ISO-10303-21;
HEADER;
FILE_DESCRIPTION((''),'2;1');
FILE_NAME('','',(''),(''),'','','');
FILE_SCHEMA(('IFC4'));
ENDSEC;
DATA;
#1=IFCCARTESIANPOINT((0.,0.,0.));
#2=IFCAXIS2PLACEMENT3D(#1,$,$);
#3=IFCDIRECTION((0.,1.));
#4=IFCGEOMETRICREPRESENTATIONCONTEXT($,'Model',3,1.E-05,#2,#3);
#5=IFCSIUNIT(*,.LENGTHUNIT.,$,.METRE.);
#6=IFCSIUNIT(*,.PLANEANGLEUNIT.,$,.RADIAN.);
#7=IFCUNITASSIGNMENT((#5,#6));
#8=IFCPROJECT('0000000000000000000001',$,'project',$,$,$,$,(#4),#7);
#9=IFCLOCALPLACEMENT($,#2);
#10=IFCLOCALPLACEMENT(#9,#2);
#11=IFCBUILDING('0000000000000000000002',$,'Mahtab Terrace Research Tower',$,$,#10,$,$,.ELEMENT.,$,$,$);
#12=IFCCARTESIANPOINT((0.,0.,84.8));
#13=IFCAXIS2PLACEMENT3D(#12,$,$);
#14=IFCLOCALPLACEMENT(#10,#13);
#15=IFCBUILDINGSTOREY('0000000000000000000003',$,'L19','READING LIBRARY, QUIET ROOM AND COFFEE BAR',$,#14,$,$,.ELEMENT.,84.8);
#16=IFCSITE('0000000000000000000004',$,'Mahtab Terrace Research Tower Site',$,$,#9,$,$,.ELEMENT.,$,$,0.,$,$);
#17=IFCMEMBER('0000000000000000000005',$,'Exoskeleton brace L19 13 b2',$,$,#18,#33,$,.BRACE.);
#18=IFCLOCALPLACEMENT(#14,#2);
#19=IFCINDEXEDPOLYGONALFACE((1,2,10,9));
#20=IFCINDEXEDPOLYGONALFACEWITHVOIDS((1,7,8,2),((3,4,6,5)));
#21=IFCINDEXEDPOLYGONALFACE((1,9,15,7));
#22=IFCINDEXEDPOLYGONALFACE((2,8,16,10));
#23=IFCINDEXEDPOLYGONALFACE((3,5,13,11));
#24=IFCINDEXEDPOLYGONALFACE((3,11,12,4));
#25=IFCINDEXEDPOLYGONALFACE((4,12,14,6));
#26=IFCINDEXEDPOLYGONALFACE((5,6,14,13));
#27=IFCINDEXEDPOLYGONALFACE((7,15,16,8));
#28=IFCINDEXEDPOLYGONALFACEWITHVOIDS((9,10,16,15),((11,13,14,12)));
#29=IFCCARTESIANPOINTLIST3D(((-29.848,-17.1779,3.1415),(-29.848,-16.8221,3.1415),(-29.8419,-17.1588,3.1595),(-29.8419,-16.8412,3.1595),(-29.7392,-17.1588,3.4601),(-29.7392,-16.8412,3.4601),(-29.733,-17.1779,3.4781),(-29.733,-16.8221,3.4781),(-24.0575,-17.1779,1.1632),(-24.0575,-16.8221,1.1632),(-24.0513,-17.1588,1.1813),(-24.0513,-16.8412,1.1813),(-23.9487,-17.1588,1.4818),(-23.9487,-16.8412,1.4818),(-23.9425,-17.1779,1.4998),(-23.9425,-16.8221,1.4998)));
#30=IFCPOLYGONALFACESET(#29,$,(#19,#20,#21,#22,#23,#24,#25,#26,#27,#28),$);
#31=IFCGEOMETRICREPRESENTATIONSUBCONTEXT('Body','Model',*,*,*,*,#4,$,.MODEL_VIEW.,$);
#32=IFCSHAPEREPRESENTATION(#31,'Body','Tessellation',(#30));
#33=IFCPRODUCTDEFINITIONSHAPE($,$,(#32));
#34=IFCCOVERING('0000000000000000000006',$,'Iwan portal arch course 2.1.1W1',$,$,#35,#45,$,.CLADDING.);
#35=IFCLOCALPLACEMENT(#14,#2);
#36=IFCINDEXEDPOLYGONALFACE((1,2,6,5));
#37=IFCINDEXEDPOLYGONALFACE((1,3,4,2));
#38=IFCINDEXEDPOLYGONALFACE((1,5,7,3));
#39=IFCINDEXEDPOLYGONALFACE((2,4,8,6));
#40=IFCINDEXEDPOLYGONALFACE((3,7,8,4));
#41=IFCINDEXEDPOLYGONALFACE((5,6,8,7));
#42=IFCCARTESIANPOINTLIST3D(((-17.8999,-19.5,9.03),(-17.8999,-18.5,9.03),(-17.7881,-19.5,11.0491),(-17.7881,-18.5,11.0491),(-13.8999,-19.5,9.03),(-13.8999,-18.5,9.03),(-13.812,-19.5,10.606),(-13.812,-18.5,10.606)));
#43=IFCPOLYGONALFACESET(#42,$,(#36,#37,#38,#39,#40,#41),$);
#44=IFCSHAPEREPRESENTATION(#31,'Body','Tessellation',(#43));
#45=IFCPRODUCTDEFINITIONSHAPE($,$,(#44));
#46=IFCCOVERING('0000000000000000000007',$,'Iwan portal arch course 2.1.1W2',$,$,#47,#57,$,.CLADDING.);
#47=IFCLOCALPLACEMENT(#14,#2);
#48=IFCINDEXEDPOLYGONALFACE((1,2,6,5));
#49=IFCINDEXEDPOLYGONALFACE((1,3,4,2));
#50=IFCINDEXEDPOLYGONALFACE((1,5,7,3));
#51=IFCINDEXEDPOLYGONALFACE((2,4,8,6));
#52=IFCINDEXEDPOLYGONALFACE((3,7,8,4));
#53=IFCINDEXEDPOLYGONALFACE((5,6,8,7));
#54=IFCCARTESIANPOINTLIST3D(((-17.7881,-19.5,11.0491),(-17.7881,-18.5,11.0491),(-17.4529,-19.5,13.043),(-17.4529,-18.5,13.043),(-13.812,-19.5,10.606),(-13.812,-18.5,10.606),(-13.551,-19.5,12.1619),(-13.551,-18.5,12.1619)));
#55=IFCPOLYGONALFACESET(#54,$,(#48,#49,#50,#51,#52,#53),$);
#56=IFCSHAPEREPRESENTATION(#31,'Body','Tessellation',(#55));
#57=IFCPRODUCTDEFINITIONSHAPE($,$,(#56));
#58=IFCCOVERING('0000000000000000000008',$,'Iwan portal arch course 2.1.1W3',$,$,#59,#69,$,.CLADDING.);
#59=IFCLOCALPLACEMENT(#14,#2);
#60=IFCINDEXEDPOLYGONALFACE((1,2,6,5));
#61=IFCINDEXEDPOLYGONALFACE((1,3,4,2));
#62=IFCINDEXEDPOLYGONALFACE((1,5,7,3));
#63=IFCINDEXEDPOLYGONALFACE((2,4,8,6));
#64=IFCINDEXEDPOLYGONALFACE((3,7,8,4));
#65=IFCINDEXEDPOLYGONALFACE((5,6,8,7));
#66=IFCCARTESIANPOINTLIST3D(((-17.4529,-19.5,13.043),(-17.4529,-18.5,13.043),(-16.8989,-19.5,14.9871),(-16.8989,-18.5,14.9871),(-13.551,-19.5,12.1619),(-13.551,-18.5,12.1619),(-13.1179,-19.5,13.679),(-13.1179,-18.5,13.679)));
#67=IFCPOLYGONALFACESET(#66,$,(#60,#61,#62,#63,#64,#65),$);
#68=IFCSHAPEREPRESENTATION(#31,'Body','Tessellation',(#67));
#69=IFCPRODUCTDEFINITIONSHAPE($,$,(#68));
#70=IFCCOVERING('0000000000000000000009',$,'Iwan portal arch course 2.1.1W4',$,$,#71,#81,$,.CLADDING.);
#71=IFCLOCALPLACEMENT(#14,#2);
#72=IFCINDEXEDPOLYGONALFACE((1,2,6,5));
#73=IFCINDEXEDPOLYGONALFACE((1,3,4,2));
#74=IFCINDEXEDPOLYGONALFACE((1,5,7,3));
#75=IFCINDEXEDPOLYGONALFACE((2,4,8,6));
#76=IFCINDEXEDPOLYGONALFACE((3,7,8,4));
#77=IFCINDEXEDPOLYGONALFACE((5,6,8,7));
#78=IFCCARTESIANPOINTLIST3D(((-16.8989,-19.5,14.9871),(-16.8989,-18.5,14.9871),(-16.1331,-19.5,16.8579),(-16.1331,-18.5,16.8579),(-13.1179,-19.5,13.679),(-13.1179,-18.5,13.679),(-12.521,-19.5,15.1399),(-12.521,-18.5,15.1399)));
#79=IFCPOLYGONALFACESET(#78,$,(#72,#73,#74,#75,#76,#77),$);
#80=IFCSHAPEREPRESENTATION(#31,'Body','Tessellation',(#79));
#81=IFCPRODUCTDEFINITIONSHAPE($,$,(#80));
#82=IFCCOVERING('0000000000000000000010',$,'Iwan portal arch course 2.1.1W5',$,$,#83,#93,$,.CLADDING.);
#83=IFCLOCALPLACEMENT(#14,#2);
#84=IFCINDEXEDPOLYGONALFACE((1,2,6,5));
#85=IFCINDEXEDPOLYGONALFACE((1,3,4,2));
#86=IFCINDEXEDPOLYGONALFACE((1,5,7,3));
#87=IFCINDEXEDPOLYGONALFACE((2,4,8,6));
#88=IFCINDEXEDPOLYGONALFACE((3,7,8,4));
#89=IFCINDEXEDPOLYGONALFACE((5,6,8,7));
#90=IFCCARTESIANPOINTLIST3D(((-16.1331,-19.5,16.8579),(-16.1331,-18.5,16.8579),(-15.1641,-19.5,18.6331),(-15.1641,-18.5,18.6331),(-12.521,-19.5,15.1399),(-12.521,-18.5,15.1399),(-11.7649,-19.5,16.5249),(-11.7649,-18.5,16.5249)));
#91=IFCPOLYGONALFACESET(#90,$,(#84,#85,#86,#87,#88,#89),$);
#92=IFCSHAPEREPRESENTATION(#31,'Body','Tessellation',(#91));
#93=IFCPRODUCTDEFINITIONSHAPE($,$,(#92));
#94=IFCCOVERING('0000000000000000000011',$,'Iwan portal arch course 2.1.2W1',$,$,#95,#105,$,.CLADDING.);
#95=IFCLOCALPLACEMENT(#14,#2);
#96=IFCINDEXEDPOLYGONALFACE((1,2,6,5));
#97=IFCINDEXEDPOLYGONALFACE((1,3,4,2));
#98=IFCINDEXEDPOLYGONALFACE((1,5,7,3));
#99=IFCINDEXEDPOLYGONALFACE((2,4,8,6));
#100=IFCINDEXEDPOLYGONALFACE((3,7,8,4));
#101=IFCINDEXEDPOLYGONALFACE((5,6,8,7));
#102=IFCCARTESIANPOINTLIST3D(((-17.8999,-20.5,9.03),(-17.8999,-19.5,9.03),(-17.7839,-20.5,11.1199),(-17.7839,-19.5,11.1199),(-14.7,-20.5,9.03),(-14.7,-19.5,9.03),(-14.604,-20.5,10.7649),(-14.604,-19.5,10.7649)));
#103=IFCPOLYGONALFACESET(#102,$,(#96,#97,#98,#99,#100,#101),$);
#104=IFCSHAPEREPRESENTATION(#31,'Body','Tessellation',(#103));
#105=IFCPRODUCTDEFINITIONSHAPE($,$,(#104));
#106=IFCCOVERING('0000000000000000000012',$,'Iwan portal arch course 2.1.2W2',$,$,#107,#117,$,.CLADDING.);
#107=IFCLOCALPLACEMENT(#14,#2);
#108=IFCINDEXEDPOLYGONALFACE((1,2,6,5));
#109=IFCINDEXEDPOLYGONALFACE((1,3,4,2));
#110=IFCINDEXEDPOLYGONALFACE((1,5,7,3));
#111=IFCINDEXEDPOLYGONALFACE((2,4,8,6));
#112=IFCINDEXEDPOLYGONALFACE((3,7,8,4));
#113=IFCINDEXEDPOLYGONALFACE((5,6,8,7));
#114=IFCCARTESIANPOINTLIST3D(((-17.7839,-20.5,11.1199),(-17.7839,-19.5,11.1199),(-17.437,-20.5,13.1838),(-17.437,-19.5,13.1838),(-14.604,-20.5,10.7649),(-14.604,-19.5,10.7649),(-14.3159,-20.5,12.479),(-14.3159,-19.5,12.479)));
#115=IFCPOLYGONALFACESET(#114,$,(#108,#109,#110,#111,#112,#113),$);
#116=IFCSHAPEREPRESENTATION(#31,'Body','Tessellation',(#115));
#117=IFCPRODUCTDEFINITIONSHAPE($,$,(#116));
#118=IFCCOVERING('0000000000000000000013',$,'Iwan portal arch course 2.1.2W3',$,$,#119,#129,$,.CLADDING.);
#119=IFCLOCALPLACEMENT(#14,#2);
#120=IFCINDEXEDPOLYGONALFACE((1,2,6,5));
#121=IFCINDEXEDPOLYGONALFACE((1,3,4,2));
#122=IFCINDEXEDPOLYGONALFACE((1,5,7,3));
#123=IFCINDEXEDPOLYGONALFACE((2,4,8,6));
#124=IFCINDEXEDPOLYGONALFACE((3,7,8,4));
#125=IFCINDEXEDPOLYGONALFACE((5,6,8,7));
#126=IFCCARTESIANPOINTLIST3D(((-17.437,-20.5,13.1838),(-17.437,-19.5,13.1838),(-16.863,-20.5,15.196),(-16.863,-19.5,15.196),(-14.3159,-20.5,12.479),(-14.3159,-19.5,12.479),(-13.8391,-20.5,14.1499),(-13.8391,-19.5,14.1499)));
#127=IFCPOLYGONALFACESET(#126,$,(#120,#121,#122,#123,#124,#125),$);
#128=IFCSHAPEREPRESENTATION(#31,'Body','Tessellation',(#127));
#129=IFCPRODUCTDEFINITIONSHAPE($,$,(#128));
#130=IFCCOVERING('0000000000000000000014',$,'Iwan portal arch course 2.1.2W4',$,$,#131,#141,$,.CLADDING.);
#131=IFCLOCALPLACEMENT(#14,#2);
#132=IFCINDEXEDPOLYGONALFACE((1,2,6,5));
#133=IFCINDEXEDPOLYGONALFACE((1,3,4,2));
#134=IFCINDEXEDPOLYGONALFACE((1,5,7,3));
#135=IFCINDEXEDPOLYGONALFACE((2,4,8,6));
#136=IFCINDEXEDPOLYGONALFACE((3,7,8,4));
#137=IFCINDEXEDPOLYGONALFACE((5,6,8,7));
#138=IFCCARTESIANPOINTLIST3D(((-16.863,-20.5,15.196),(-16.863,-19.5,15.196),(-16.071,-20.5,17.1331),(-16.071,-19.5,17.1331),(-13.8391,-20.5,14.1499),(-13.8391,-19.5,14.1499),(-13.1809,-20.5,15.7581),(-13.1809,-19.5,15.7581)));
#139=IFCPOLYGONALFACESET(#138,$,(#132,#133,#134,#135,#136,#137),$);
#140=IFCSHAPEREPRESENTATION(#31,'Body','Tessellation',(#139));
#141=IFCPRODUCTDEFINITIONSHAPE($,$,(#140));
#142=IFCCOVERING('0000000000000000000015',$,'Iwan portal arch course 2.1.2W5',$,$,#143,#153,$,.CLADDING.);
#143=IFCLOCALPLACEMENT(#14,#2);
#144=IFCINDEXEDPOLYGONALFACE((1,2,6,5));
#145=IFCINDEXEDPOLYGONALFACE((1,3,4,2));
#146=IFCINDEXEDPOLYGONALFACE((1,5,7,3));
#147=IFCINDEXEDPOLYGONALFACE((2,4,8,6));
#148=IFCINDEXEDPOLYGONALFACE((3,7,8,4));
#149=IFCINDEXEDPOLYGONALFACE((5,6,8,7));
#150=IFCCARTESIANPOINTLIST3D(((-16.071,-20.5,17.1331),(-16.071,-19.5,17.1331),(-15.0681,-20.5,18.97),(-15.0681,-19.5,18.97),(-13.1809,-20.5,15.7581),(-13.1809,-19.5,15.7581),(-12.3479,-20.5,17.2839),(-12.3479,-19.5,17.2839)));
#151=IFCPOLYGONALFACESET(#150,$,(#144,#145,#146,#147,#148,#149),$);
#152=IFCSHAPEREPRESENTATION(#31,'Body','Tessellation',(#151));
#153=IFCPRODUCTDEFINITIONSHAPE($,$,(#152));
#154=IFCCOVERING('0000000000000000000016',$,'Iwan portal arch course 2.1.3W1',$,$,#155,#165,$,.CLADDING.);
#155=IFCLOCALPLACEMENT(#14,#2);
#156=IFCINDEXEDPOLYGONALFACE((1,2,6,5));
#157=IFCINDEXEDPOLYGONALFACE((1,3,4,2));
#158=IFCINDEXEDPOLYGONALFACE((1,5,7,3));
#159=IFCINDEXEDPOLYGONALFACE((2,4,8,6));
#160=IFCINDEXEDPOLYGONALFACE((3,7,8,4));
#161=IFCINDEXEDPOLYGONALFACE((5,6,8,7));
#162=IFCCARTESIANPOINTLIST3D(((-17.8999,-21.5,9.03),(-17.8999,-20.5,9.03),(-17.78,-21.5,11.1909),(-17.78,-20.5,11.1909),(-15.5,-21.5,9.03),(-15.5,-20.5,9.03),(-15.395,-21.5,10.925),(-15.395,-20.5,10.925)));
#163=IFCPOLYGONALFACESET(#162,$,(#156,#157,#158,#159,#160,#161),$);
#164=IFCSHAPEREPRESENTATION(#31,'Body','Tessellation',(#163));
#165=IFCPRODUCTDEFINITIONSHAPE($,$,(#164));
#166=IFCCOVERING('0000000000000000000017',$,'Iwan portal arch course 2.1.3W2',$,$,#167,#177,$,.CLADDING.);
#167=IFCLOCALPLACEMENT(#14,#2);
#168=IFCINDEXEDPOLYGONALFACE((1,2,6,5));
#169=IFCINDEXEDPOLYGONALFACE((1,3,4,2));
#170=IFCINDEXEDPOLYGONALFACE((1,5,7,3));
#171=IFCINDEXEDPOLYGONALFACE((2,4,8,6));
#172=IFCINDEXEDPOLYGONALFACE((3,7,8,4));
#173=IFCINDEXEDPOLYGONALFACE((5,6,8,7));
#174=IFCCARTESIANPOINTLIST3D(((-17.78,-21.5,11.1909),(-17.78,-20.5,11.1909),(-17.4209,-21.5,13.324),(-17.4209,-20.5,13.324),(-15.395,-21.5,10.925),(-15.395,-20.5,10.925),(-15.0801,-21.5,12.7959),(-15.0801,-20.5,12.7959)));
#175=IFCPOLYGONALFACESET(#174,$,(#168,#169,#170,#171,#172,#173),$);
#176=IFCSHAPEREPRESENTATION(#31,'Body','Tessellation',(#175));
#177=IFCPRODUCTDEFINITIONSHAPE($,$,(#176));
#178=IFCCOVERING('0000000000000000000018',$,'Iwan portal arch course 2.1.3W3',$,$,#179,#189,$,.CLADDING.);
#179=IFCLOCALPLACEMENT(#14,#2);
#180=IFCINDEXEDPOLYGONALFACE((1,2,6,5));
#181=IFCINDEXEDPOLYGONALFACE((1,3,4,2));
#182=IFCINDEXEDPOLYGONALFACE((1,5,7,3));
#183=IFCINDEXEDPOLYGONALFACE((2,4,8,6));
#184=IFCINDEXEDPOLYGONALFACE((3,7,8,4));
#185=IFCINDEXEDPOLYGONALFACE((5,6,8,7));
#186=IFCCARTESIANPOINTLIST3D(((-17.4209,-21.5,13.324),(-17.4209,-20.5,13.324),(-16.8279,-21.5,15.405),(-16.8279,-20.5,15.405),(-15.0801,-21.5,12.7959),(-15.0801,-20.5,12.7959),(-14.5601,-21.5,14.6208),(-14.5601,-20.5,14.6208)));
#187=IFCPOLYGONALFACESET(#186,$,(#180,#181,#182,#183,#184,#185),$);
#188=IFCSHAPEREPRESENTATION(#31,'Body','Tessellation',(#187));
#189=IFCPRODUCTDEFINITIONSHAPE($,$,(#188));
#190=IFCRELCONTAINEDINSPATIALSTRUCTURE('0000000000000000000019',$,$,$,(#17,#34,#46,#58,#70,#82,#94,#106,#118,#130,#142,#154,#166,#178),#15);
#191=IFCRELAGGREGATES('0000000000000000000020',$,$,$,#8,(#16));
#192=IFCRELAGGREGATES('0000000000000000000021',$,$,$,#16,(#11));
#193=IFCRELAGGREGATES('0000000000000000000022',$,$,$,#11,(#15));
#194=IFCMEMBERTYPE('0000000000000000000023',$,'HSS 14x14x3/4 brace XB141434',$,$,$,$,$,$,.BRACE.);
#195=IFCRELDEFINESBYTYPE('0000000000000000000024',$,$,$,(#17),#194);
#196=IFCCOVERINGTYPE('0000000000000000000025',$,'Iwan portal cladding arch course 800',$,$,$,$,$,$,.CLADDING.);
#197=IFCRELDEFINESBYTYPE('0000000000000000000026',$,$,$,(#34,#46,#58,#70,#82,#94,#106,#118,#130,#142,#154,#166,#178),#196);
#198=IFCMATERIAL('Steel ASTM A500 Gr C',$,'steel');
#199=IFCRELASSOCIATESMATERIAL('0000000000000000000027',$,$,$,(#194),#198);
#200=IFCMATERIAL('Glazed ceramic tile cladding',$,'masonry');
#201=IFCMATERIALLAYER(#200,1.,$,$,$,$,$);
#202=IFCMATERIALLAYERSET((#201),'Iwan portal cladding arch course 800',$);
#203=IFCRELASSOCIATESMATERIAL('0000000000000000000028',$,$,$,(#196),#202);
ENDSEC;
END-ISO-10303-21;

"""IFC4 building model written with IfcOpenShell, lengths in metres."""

from ifc_helpers import new_model, si_unit, direction, frame, origin, origin_2d, place, context, subcontext, project, spatial, polyline, hollow_rectangle, outline, extrude, material, layer, layer_set, material_profile, profile_set, type_object, element, save


model = new_model("IFC4")

# Units and contexts
model_context = context("Model", 3, precision=1e-05, world=origin(), true_north=direction((0.0, 1.0)))
body_context = subcontext(model_context, "Body", "Model", "MODEL_VIEW")
ifc_project = project(units=[si_unit("LENGTHUNIT", "METRE"), si_unit("PLANEANGLEUNIT", "RADIAN")], contexts=[model_context])

# Site, building, storey
site_placement = place(None, origin())
site = spatial("IfcSite", under=ifc_project, at=site_placement, Name="Mahtab Terrace Research Tower Site", CompositionType="ELEMENT", RefElevation=0.0)
building_placement = place(site_placement, origin())
building = spatial("IfcBuilding", under=site, at=building_placement, Name="Mahtab Terrace Research Tower", CompositionType="ELEMENT")
storey_placement = place(building_placement, frame((0.0, 0.0, 84.8)))
storey = spatial("IfcBuildingStorey", under=building, at=storey_placement, Name="L19", Description="READING LIBRARY, QUIET ROOM AND COFFEE BAR", CompositionType="ELEMENT", Elevation=84.8)

# Member
ifc_material_1 = material(Name="Steel ASTM A500 Gr C", Category="steel")
ifc_material_profile = material_profile(ifc_material_1, hollow_rectangle(XDim=0.3557, YDim=0.3557, WallThickness=0.019, at=origin_2d()), Name="HSS14X14X3/4")
ifc_profile_set = profile_set([ifc_material_profile], Name="Steel ASTM A500 Gr C")
member_type = type_object("IfcMemberType", Name="HSS 14x14x3/4 brace XB141434", PredefinedType="BRACE", material=ifc_profile_set)
member_placement = place(storey_placement, frame((-24.0, -17.0, 1.3315), z_axis=(-0.946299, 0.0, 0.323293), x_axis=(0.0, -1.0, 0.0)))
element("IfcMember", 1, at=member_placement, inside=storey, type_object=member_type, Name="Exoskeleton brace L19 13 b2", PredefinedType="BRACE", context=body_context, shape_type="SweptSolid", body=[
    extrude(hollow_rectangle(XDim=0.3557, YDim=0.3557, WallThickness=0.019, at=origin_2d()), origin(), (0.0, 0.0, 1.0), 6.1191),
])

# Coverings
ifc_material_2 = material(Name="Glazed ceramic tile cladding", Category="masonry")
ifc_layer_1 = layer(ifc_material_2, 1.0)
ifc_layer_set_1 = layer_set([ifc_layer_1], Name="Iwan portal cladding arch course 800")
covering_type_1 = type_object("IfcCoveringType", Name="Iwan portal cladding arch course 800", PredefinedType="CLADDING", material=ifc_layer_set_1)
covering_1_placement = place(storey_placement, frame((-17.8999, -18.5, 9.03), z_axis=(0.0, 1.0, 0.0), x_axis=(0.055296, 0.0, 0.99847)))
element("IfcCovering", 2, at=covering_1_placement, inside=storey, type_object=covering_type_1, Name="Iwan portal arch course 2.1.1W1", PredefinedType="CLADDING", context=body_context, shape_type="SweptSolid", body=[
    extrude(outline(polyline([(0.0, 0.0), (2.0221, 0.0), (1.7996, 3.9945), (0.2212, 3.9939), (0.0, 0.0)])), origin(), (0.0, 0.0, -1.0), 1.0),
])
covering_2_placement = place(storey_placement, frame((-17.7881, -18.5, 11.0491), z_axis=(0.0, 1.0, 0.0), x_axis=(0.165789, 0.0, 0.986161)))
element("IfcCovering", 3, at=covering_2_placement, inside=storey, type_object=covering_type_1, Name="Iwan portal arch course 2.1.1W2", PredefinedType="CLADDING", context=body_context, shape_type="SweptSolid", body=[
    extrude(outline(polyline([(0.0, 0.0), (2.0219, 0.0), (1.7999, 3.9939), (0.2222, 3.9945), (0.0, 0.0)])), origin(), (0.0, 0.0, -1.0), 1.0),
])
covering_3_placement = place(storey_placement, frame((-17.4529, -18.5, 13.043), z_axis=(0.0, 1.0, 0.0), x_axis=(0.274035, 0.0, 0.96172)))
element("IfcCovering", 4, at=covering_3_placement, inside=storey, type_object=covering_type_1, Name="Iwan portal arch course 2.1.1W3", PredefinedType="CLADDING", context=body_context, shape_type="SweptSolid", body=[
    extrude(outline(polyline([(0.0, 0.0), (2.0215, 0.0), (1.7996, 3.9947), (0.2219, 3.9939), (0.0, 0.0)])), origin(), (0.0, 0.0, -1.0), 1.0),
])
covering_4_placement = place(storey_placement, frame((-16.8989, -18.5, 14.9871), z_axis=(0.0, 1.0, 0.0), x_axis=(0.378854, 0.0, 0.925457)))
element("IfcCovering", 5, at=covering_4_placement, inside=storey, type_object=covering_type_1, Name="Iwan portal arch course 2.1.1W4", PredefinedType="CLADDING", context=body_context, shape_type="SweptSolid", body=[
    extrude(outline(polyline([(0.0, 0.0), (2.0215, 0.0), (1.8, 3.9937), (0.2219, 3.9947), (0.0, 0.0)])), origin(), (0.0, 0.0, -1.0), 1.0),
])
covering_5_placement = place(storey_placement, frame((-16.1331, -18.5, 16.8579), z_axis=(0.0, 1.0, 0.0), x_axis=(0.479131, 0.0, 0.877743)))
element("IfcCovering", 6, at=covering_5_placement, inside=storey, type_object=covering_type_1, Name="Iwan portal arch course 2.1.1W5", PredefinedType="CLADDING", context=body_context, shape_type="SweptSolid", body=[
    extrude(outline(polyline([(0.0, 0.0), (2.0224, 0.0), (1.8006, 3.9937), (0.2227, 3.9936), (0.0, 0.0)])), origin(), (0.0, 0.0, -1.0), 1.0),
])
covering_6_placement = place(storey_placement, frame((-17.8999, -19.5, 9.03), z_axis=(0.0, 1.0, 0.0), x_axis=(0.055405, 0.0, 0.998464)))
element("IfcCovering", 7, at=covering_6_placement, inside=storey, type_object=covering_type_1, Name="Iwan portal arch course 2.1.2W1", PredefinedType="CLADDING", context=body_context, shape_type="SweptSolid", body=[
    extrude(outline(polyline([(0.0, 0.0), (2.0931, 0.0), (1.9148, 3.1947), (0.1773, 3.195), (0.0, 0.0)])), origin(), (0.0, 0.0, -1.0), 1.0),
])
covering_7_placement = place(storey_placement, frame((-17.7839, -19.5, 11.1199), z_axis=(0.0, 1.0, 0.0), x_axis=(0.165761, 0.0, 0.986166)))
element("IfcCovering", 8, at=covering_7_placement, inside=storey, type_object=covering_type_1, Name="Iwan portal arch course 2.1.2W2", PredefinedType="CLADDING", context=body_context, shape_type="SweptSolid", body=[
    extrude(outline(polyline([(0.0, 0.0), (2.0929, 0.0), (1.9152, 3.1948), (0.177, 3.1948), (0.0, 0.0)])), origin(), (0.0, 0.0, -1.0), 1.0),
])
covering_8_placement = place(storey_placement, frame((-17.437, -19.5, 13.1838), z_axis=(0.0, 1.0, 0.0), x_axis=(0.274305, 0.0, 0.961643)))
element("IfcCovering", 9, at=covering_8_placement, inside=storey, type_object=covering_type_1, Name="Iwan portal arch course 2.1.2W3", PredefinedType="CLADDING", context=body_context, shape_type="SweptSolid", body=[
    extrude(outline(polyline([(0.0, 0.0), (2.0925, 0.0), (1.9159, 3.1949), (0.1783, 3.1947), (0.0, 0.0)])), origin(), (0.0, 0.0, -1.0), 1.0),
])
covering_9_placement = place(storey_placement, frame((-16.863, -19.5, 15.196), z_axis=(0.0, 1.0, 0.0), x_axis=(0.37846, 0.0, 0.925618)))
element("IfcCovering", 10, at=covering_9_placement, inside=storey, type_object=covering_type_1, Name="Iwan portal arch course 2.1.2W4", PredefinedType="CLADDING", context=body_context, shape_type="SweptSolid", body=[
    extrude(outline(polyline([(0.0, 0.0), (2.0927, 0.0), (1.9137, 3.1955), (0.1761, 3.1949), (0.0, 0.0)])), origin(), (0.0, 0.0, -1.0), 1.0),
])
covering_10_placement = place(storey_placement, frame((-16.071, -19.5, 17.1331), z_axis=(0.0, 1.0, 0.0), x_axis=(0.479212, 0.0, 0.877699)))
element("IfcCovering", 11, at=covering_10_placement, inside=storey, type_object=covering_type_1, Name="Iwan portal arch course 2.1.2W5", PredefinedType="CLADDING", context=body_context, shape_type="SweptSolid", body=[
    extrude(outline(polyline([(0.0, 0.0), (2.0929, 0.0), (1.9166, 3.1955), (0.1782, 3.1956), (0.0, 0.0)])), origin(), (0.0, 0.0, -1.0), 1.0),
])
covering_11_placement = place(storey_placement, frame((-17.8999, -20.5, 9.03), z_axis=(0.0, 1.0, 0.0), x_axis=(0.055389, 0.0, 0.998465)))
element("IfcCovering", 12, at=covering_11_placement, inside=storey, type_object=covering_type_1, Name="Iwan portal arch course 2.1.3W1", PredefinedType="CLADDING", context=body_context, shape_type="SweptSolid", body=[
    extrude(outline(polyline([(0.0, 0.0), (2.1642, 0.0), (2.0309, 2.3961), (0.1329, 2.3962), (0.0, 0.0)])), origin(), (0.0, 0.0, -1.0), 1.0),
])
covering_12_placement = place(storey_placement, frame((-17.78, -20.5, 11.1909), z_axis=(0.0, 1.0, 0.0), x_axis=(0.166028, 0.0, 0.986121)))
element("IfcCovering", 13, at=covering_12_placement, inside=storey, type_object=covering_type_1, Name="Iwan portal arch course 2.1.3W2", PredefinedType="CLADDING", context=body_context, shape_type="SweptSolid", body=[
    extrude(outline(polyline([(0.0, 0.0), (2.1631, 0.0), (2.031, 2.396), (0.1338, 2.3961), (0.0, 0.0)])), origin(), (0.0, 0.0, -1.0), 1.0),
])
covering_13_placement = place(storey_placement, frame((-17.4209, -20.5, 13.324), z_axis=(0.0, 1.0, 0.0), x_axis=(0.274051, 0.0, 0.961715)))
element("IfcCovering", 14, at=covering_13_placement, inside=storey, type_object=covering_type_1, Name="Iwan portal arch course 2.1.3W3", PredefinedType="CLADDING", context=body_context, shape_type="SweptSolid", body=[
    extrude(outline(polyline([(0.0, 0.0), (2.1639, 0.0), (2.0312, 2.3959), (0.1336, 2.3959), (0.0, 0.0)])), origin(), (0.0, 0.0, -1.0), 1.0),
])

save(model, "model.ifc")
